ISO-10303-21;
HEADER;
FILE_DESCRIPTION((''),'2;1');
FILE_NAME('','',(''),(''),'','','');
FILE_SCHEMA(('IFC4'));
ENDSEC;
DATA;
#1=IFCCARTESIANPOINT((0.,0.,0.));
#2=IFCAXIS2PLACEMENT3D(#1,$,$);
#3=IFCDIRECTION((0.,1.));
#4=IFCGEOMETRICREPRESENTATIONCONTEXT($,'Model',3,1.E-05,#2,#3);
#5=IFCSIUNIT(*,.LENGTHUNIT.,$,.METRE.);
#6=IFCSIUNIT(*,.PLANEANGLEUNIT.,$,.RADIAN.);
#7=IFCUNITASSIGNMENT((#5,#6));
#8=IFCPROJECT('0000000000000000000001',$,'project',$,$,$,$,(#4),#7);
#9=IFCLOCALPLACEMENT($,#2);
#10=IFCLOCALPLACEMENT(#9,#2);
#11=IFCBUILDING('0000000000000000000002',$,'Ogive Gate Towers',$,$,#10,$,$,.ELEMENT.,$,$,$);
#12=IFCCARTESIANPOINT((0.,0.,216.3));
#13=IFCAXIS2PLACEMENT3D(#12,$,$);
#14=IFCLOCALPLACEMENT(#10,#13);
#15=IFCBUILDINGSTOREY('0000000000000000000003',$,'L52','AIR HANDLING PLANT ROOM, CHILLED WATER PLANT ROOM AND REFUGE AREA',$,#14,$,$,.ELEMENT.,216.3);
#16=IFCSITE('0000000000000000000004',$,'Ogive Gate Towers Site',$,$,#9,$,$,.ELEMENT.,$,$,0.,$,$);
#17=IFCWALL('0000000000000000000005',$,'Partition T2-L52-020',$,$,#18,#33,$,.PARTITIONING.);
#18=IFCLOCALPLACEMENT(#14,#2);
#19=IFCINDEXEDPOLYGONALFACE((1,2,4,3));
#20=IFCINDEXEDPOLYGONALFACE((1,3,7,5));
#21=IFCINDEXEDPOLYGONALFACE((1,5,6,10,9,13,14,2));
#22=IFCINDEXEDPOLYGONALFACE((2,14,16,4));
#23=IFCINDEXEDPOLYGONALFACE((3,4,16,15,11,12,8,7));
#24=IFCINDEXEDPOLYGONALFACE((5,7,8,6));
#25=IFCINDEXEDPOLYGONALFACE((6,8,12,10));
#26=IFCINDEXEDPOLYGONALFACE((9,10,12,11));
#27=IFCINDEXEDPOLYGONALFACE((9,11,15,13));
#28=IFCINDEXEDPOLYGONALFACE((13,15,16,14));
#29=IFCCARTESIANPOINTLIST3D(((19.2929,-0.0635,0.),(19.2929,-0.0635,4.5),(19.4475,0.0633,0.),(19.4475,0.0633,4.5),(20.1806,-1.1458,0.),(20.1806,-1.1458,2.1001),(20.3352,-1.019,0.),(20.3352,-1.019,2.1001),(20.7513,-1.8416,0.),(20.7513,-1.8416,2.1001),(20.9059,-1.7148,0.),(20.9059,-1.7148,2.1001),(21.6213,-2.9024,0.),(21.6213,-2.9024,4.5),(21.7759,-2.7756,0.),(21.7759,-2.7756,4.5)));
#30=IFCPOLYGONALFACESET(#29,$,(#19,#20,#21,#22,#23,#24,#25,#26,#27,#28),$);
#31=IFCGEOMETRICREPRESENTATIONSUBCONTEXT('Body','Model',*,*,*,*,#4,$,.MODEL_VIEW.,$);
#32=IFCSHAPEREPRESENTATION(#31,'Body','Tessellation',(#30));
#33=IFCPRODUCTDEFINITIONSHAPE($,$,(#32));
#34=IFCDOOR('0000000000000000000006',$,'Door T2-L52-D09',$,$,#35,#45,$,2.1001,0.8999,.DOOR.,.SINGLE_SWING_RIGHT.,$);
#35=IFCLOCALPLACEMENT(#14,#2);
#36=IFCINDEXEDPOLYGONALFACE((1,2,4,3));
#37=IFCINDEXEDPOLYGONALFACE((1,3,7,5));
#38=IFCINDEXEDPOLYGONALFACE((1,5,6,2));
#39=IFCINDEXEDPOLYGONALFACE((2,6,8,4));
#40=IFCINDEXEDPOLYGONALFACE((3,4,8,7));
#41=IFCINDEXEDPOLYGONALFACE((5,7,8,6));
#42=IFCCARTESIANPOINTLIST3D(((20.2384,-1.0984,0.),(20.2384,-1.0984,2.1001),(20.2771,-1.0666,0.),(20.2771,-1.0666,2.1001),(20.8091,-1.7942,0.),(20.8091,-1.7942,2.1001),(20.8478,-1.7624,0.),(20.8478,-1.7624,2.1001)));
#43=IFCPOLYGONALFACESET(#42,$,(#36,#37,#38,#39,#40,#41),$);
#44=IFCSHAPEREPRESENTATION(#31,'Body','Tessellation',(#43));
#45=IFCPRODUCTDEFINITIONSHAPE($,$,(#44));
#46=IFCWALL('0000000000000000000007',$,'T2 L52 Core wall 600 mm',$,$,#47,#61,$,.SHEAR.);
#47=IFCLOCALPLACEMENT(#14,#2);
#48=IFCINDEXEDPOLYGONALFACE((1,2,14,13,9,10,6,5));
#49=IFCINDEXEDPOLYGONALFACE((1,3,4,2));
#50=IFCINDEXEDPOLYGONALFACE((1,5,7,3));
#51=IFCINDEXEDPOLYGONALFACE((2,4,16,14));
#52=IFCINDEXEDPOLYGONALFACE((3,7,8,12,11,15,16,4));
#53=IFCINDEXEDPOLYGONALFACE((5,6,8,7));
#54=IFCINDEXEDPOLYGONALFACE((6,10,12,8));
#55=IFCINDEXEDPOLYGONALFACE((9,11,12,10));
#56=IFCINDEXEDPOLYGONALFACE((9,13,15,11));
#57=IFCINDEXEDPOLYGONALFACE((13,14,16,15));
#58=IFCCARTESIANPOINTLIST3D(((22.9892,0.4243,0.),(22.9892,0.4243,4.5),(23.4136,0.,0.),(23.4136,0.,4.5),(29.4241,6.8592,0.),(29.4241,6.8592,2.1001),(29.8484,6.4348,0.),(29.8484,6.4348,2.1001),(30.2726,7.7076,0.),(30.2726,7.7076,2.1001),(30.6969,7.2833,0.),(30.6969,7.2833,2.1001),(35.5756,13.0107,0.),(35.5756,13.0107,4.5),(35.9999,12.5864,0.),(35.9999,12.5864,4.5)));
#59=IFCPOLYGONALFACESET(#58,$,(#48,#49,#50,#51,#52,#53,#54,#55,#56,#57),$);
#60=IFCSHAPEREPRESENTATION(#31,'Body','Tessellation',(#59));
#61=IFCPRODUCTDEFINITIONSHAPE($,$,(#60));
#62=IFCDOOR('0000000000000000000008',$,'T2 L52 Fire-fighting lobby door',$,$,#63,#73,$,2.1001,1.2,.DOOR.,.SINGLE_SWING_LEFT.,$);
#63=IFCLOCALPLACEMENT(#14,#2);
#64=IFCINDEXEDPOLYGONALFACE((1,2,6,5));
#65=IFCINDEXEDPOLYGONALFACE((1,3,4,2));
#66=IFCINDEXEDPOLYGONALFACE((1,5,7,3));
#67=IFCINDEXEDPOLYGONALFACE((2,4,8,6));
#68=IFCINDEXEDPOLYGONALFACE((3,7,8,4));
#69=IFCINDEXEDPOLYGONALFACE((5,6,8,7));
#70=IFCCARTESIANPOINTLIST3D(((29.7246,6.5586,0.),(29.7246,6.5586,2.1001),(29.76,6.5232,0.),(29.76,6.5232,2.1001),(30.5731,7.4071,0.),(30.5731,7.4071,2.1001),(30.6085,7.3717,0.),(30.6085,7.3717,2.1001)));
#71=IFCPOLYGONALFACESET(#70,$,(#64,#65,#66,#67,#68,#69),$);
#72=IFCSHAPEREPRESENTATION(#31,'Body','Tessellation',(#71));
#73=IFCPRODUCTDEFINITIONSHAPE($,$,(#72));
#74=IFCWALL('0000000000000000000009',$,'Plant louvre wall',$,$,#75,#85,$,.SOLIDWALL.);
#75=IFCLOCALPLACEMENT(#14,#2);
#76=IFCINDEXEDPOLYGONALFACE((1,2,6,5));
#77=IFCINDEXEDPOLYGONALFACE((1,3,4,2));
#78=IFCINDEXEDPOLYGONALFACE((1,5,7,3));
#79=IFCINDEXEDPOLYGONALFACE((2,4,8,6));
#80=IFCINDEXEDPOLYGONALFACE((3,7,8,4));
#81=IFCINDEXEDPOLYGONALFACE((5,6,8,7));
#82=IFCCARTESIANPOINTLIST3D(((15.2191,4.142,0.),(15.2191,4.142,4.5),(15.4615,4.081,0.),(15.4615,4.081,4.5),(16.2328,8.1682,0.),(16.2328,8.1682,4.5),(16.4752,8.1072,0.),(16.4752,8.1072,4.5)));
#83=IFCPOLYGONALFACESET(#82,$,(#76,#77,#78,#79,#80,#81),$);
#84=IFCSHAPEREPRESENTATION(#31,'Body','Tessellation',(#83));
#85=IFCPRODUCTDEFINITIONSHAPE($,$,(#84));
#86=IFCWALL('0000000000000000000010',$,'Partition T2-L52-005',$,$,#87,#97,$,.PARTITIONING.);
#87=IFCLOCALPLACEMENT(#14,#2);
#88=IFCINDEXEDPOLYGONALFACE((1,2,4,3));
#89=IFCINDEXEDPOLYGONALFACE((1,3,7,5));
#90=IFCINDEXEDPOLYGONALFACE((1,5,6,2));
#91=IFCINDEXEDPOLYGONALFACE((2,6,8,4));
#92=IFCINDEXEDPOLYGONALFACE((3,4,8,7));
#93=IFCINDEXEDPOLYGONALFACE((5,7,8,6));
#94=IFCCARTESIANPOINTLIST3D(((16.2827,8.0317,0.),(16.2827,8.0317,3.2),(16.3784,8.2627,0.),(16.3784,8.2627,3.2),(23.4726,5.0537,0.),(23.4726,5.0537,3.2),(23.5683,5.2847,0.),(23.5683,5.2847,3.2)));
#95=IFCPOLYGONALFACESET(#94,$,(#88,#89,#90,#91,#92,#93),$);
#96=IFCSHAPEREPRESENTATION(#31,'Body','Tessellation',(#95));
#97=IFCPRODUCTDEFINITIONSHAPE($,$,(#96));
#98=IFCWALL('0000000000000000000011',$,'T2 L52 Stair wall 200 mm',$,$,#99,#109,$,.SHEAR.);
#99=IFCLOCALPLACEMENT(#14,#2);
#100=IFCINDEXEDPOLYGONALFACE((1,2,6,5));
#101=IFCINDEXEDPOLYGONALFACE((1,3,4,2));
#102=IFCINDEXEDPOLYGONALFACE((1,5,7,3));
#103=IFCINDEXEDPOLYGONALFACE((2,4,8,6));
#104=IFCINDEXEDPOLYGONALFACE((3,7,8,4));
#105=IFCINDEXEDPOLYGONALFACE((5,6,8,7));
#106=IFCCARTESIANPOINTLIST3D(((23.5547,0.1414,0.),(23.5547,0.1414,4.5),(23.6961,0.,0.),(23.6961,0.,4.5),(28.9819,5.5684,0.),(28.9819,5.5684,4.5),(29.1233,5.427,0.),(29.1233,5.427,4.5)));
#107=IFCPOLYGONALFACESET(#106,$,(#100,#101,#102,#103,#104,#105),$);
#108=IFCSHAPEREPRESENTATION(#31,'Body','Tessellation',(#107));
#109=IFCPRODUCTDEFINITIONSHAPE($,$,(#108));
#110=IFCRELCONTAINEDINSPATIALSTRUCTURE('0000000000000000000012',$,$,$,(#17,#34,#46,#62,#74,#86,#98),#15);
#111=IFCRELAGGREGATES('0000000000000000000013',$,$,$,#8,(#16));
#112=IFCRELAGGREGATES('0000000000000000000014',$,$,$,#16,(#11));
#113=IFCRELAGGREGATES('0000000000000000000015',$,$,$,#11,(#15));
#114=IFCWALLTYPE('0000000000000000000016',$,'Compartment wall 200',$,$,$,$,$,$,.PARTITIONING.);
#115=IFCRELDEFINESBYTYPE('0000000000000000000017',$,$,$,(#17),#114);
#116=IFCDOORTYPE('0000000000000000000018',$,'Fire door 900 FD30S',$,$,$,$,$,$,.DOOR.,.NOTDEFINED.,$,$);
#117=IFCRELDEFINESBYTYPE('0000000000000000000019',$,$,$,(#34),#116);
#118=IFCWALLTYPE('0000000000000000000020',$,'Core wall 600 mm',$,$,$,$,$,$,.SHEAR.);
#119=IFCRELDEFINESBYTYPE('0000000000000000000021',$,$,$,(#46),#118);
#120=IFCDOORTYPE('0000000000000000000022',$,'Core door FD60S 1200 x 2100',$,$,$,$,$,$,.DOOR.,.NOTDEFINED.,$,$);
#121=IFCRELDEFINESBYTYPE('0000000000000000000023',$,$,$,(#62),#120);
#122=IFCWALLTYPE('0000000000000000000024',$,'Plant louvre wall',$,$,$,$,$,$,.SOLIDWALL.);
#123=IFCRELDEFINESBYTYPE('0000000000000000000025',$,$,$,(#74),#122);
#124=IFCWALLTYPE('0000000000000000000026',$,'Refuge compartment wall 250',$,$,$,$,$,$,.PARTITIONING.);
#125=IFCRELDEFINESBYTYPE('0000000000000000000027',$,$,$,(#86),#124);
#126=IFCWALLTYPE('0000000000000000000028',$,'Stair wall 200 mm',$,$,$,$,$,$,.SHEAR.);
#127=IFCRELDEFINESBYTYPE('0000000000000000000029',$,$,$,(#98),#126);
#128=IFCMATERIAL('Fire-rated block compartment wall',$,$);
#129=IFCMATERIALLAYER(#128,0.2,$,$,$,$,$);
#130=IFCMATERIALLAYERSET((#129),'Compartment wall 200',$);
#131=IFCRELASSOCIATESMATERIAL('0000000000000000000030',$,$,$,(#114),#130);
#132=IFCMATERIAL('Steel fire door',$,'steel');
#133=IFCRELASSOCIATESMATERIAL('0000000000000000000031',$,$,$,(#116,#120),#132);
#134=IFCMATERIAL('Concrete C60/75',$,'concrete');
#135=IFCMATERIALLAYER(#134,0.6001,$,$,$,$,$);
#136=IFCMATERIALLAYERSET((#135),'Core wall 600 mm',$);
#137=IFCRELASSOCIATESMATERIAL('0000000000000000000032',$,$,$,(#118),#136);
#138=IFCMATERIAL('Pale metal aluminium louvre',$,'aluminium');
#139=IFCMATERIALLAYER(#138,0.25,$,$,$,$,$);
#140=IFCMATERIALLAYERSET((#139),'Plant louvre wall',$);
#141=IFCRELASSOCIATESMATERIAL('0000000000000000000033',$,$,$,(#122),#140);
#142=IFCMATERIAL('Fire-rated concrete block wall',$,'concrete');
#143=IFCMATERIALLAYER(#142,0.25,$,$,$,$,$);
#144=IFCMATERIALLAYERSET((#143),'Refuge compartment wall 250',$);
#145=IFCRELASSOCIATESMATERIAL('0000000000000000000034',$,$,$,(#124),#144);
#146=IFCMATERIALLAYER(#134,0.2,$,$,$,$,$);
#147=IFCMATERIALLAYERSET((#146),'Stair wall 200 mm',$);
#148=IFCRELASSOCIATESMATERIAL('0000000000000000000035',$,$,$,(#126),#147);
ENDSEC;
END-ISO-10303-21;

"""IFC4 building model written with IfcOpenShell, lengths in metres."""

from ifc_helpers import new_model, si_unit, direction, frame, frame_2d, origin, place, context, subcontext, project, spatial, rectangle, extrude, material, layer, layer_set, type_object, element, fill, save


model = new_model("IFC4")

# Units and contexts
model_context = context("Model", 3, precision=1e-05, world=origin(), true_north=direction((0.0, 1.0)))
body_context = subcontext(model_context, "Body", "Model", "MODEL_VIEW")
ifc_project = project(units=[si_unit("LENGTHUNIT", "METRE"), si_unit("PLANEANGLEUNIT", "RADIAN")], contexts=[model_context])

# Site, building, storey
site_placement = place(None, origin())
site = spatial("IfcSite", under=ifc_project, at=site_placement, Name="Ogive Gate Towers Site", CompositionType="ELEMENT", RefElevation=0.0)
building_placement = place(site_placement, origin())
building = spatial("IfcBuilding", under=site, at=building_placement, Name="Ogive Gate Towers", CompositionType="ELEMENT")
storey_placement = place(building_placement, frame((0.0, 0.0, 216.3)))
storey = spatial("IfcBuildingStorey", under=building, at=storey_placement, Name="L52", Description="AIR HANDLING PLANT ROOM, CHILLED WATER PLANT ROOM AND REFUGE AREA", CompositionType="ELEMENT", Elevation=216.3)

# Walls, openings, doors
ifc_material_1 = material(Name="Fire-rated block compartment wall")
ifc_layer_1 = layer(ifc_material_1, 0.2)
ifc_layer_set_1 = layer_set([ifc_layer_1], Name="Compartment wall 200")
wall_type_1 = type_object("IfcWallType", Name="Compartment wall 200", PredefinedType="PARTITIONING", material=ifc_layer_set_1)
ifc_material_2 = material(Name="Steel fire door", Category="steel")
door_type_1 = type_object("IfcDoorType", Name="Fire door 900 FD30S", OperationType="NOTDEFINED", PredefinedType="DOOR", material=ifc_material_2)
wall_1_placement = place(storey_placement, frame((19.3701, 0.0, 0.0), z_axis=(0.0, 0.0, 1.0), x_axis=(0.634161, -0.773201, 0.0)))
wall_1 = element("IfcWall", 1, at=wall_1_placement, inside=storey, type_object=wall_type_1, Name="Partition T2-L52-020", PredefinedType="PARTITIONING", context=body_context, shape_type="SweptSolid", body=[
    extrude(rectangle(XDim=3.6716, YDim=0.2, at=frame_2d((1.8359, 0.0))), origin(), (0.0, 0.0, 1.0), 4.5),
])
opening_1_placement = place(wall_1_placement, frame((1.3999, 0.0, 0.0)))
opening_1 = element("IfcOpeningElement", 2, at=opening_1_placement, cuts=wall_1, PredefinedType="OPENING", context=body_context, shape_type="SweptSolid", body=[
    extrude(rectangle(XDim=0.8999, YDim=2.1001, at=frame_2d((0.45, 1.05))), frame((0.0, 0.1099, 0.0), z_axis=(0.0, -1.0, 0.0), x_axis=(1.0, 0.0, 0.0)), (0.0, 0.0, 1.0), 0.22),
])
door_1_placement = place(opening_1_placement, origin())
door_1 = element("IfcDoor", 3, at=door_1_placement, inside=storey, type_object=door_type_1, Name="Door T2-L52-D09", OperationType="SINGLE_SWING_RIGHT", OverallHeight=2.1001, OverallWidth=0.8999, PredefinedType="DOOR", context=body_context, shape_type="SweptSolid", body=[
    extrude(rectangle(XDim=0.8999, YDim=2.1001, at=frame_2d((0.45, 1.05))), frame((0.0, 0.0249, 0.0), z_axis=(0.0, -1.0, 0.0), x_axis=(1.0, 0.0, 0.0)), (0.0, 0.0, 1.0), 0.05),
])
fill(opening_1, door_1)
ifc_material_3 = material(Name="Concrete C60/75", Category="concrete")
ifc_layer_2 = layer(ifc_material_3, 0.6001)
ifc_layer_set_2 = layer_set([ifc_layer_2], Name="Core wall 600 mm")
wall_type_2 = type_object("IfcWallType", Name="Core wall 600 mm", PredefinedType="SHEAR", material=ifc_layer_set_2)
wall_2_placement = place(storey_placement, frame((23.2014, 0.2122, 0.0), z_axis=(0.0, 0.0, 1.0), x_axis=(0.707107, 0.707107, 0.0)))
wall_2 = element("IfcWall", 4, at=wall_2_placement, inside=storey, type_object=wall_type_2, Name="T2 L52 Core wall 600 mm", PredefinedType="SHEAR", context=body_context, shape_type="SweptSolid", body=[
    extrude(rectangle(XDim=17.7998, YDim=0.6001, at=frame_2d((8.8999, 0.0))), origin(), (0.0, 0.0, 1.0), 4.5),
])
opening_2_placement = place(wall_2_placement, frame((9.1001, 0.0, 0.0)))
opening_2 = element("IfcOpeningElement", 5, at=opening_2_placement, cuts=wall_2, PredefinedType="OPENING", context=body_context, shape_type="SweptSolid", body=[
    extrude(rectangle(XDim=1.2, YDim=2.1001, at=frame_2d((0.6001, 1.05))), frame((0.0, 0.3101, 0.0), z_axis=(0.0, -1.0, 0.0), x_axis=(1.0, 0.0, 0.0)), (0.0, 0.0, 1.0), 0.6201),
])
door_type_2 = type_object("IfcDoorType", Name="Core door FD60S 1200 x 2100", OperationType="NOTDEFINED", PredefinedType="DOOR", material=ifc_material_2)
door_2_placement = place(opening_2_placement, origin())
door_2 = element("IfcDoor", 6, at=door_2_placement, inside=storey, type_object=door_type_2, Name="T2 L52 Fire-fighting lobby door", OperationType="SINGLE_SWING_LEFT", OverallHeight=2.1001, OverallWidth=1.2, PredefinedType="DOOR", context=body_context, shape_type="SweptSolid", body=[
    extrude(rectangle(XDim=1.2, YDim=2.1001, at=frame_2d((0.6001, 1.05))), frame((0.0, -0.125, 0.0), z_axis=(0.0, -1.0, 0.0), x_axis=(1.0, 0.0, 0.0)), (0.0, 0.0, 1.0), 0.05),
])
fill(opening_2, door_2)

# Walls
ifc_material_4 = material(Name="Pale metal aluminium louvre", Category="aluminium")
ifc_layer_3 = layer(ifc_material_4, 0.25)
ifc_layer_set_3 = layer_set([ifc_layer_3], Name="Plant louvre wall")
wall_type_3 = type_object("IfcWallType", Name="Plant louvre wall", PredefinedType="SOLIDWALL", material=ifc_layer_set_3)
wall_3_placement = place(storey_placement, frame((16.354, 8.1377, 0.0), z_axis=(0.0, 0.0, 1.0), x_axis=(-0.244154, -0.969736, 0.0)))
element("IfcWall", 7, at=wall_3_placement, inside=storey, type_object=wall_type_3, Name="Plant louvre wall", PredefinedType="SOLIDWALL", context=body_context, shape_type="SweptSolid", body=[
    extrude(rectangle(XDim=4.1519, YDim=0.25, at=frame_2d((2.0759, 0.0))), origin(), (0.0, 0.0, 1.0), 4.5),
])
ifc_material_5 = material(Name="Fire-rated concrete block wall", Category="concrete")
ifc_layer_4 = layer(ifc_material_5, 0.25)
ifc_layer_set_4 = layer_set([ifc_layer_4], Name="Refuge compartment wall 250")
wall_type_4 = type_object("IfcWallType", Name="Refuge compartment wall 250", PredefinedType="PARTITIONING", material=ifc_layer_set_4)
wall_4_placement = place(storey_placement, frame((16.3306, 8.1472, 0.0), z_axis=(0.0, 0.0, 1.0), x_axis=(0.923886, -0.382668, 0.0)))
element("IfcWall", 8, at=wall_4_placement, inside=storey, type_object=wall_type_4, Name="Partition T2-L52-005", PredefinedType="PARTITIONING", context=body_context, shape_type="SweptSolid", body=[
    extrude(rectangle(XDim=7.7822, YDim=0.25, at=frame_2d((3.8911, 0.0))), origin(), (0.0, 0.0, 1.0), 3.2),
])
ifc_layer_5 = layer(ifc_material_3, 0.2)
ifc_layer_set_5 = layer_set([ifc_layer_5], Name="Stair wall 200 mm")
wall_type_5 = type_object("IfcWallType", Name="Stair wall 200 mm", PredefinedType="SHEAR", material=ifc_layer_set_5)
wall_5_placement = place(storey_placement, frame((23.6255, 0.0708, 0.0), z_axis=(0.0, 0.0, 1.0), x_axis=(0.707123, 0.707091, 0.0)))
element("IfcWall", 9, at=wall_5_placement, inside=storey, type_object=wall_type_5, Name="T2 L52 Stair wall 200 mm", PredefinedType="SHEAR", context=body_context, shape_type="SweptSolid", body=[
    extrude(rectangle(XDim=7.675, YDim=0.2, at=frame_2d((3.8374, 0.0))), origin(), (0.0, 0.0, 1.0), 4.5),
])

save(model, "model.ifc")
